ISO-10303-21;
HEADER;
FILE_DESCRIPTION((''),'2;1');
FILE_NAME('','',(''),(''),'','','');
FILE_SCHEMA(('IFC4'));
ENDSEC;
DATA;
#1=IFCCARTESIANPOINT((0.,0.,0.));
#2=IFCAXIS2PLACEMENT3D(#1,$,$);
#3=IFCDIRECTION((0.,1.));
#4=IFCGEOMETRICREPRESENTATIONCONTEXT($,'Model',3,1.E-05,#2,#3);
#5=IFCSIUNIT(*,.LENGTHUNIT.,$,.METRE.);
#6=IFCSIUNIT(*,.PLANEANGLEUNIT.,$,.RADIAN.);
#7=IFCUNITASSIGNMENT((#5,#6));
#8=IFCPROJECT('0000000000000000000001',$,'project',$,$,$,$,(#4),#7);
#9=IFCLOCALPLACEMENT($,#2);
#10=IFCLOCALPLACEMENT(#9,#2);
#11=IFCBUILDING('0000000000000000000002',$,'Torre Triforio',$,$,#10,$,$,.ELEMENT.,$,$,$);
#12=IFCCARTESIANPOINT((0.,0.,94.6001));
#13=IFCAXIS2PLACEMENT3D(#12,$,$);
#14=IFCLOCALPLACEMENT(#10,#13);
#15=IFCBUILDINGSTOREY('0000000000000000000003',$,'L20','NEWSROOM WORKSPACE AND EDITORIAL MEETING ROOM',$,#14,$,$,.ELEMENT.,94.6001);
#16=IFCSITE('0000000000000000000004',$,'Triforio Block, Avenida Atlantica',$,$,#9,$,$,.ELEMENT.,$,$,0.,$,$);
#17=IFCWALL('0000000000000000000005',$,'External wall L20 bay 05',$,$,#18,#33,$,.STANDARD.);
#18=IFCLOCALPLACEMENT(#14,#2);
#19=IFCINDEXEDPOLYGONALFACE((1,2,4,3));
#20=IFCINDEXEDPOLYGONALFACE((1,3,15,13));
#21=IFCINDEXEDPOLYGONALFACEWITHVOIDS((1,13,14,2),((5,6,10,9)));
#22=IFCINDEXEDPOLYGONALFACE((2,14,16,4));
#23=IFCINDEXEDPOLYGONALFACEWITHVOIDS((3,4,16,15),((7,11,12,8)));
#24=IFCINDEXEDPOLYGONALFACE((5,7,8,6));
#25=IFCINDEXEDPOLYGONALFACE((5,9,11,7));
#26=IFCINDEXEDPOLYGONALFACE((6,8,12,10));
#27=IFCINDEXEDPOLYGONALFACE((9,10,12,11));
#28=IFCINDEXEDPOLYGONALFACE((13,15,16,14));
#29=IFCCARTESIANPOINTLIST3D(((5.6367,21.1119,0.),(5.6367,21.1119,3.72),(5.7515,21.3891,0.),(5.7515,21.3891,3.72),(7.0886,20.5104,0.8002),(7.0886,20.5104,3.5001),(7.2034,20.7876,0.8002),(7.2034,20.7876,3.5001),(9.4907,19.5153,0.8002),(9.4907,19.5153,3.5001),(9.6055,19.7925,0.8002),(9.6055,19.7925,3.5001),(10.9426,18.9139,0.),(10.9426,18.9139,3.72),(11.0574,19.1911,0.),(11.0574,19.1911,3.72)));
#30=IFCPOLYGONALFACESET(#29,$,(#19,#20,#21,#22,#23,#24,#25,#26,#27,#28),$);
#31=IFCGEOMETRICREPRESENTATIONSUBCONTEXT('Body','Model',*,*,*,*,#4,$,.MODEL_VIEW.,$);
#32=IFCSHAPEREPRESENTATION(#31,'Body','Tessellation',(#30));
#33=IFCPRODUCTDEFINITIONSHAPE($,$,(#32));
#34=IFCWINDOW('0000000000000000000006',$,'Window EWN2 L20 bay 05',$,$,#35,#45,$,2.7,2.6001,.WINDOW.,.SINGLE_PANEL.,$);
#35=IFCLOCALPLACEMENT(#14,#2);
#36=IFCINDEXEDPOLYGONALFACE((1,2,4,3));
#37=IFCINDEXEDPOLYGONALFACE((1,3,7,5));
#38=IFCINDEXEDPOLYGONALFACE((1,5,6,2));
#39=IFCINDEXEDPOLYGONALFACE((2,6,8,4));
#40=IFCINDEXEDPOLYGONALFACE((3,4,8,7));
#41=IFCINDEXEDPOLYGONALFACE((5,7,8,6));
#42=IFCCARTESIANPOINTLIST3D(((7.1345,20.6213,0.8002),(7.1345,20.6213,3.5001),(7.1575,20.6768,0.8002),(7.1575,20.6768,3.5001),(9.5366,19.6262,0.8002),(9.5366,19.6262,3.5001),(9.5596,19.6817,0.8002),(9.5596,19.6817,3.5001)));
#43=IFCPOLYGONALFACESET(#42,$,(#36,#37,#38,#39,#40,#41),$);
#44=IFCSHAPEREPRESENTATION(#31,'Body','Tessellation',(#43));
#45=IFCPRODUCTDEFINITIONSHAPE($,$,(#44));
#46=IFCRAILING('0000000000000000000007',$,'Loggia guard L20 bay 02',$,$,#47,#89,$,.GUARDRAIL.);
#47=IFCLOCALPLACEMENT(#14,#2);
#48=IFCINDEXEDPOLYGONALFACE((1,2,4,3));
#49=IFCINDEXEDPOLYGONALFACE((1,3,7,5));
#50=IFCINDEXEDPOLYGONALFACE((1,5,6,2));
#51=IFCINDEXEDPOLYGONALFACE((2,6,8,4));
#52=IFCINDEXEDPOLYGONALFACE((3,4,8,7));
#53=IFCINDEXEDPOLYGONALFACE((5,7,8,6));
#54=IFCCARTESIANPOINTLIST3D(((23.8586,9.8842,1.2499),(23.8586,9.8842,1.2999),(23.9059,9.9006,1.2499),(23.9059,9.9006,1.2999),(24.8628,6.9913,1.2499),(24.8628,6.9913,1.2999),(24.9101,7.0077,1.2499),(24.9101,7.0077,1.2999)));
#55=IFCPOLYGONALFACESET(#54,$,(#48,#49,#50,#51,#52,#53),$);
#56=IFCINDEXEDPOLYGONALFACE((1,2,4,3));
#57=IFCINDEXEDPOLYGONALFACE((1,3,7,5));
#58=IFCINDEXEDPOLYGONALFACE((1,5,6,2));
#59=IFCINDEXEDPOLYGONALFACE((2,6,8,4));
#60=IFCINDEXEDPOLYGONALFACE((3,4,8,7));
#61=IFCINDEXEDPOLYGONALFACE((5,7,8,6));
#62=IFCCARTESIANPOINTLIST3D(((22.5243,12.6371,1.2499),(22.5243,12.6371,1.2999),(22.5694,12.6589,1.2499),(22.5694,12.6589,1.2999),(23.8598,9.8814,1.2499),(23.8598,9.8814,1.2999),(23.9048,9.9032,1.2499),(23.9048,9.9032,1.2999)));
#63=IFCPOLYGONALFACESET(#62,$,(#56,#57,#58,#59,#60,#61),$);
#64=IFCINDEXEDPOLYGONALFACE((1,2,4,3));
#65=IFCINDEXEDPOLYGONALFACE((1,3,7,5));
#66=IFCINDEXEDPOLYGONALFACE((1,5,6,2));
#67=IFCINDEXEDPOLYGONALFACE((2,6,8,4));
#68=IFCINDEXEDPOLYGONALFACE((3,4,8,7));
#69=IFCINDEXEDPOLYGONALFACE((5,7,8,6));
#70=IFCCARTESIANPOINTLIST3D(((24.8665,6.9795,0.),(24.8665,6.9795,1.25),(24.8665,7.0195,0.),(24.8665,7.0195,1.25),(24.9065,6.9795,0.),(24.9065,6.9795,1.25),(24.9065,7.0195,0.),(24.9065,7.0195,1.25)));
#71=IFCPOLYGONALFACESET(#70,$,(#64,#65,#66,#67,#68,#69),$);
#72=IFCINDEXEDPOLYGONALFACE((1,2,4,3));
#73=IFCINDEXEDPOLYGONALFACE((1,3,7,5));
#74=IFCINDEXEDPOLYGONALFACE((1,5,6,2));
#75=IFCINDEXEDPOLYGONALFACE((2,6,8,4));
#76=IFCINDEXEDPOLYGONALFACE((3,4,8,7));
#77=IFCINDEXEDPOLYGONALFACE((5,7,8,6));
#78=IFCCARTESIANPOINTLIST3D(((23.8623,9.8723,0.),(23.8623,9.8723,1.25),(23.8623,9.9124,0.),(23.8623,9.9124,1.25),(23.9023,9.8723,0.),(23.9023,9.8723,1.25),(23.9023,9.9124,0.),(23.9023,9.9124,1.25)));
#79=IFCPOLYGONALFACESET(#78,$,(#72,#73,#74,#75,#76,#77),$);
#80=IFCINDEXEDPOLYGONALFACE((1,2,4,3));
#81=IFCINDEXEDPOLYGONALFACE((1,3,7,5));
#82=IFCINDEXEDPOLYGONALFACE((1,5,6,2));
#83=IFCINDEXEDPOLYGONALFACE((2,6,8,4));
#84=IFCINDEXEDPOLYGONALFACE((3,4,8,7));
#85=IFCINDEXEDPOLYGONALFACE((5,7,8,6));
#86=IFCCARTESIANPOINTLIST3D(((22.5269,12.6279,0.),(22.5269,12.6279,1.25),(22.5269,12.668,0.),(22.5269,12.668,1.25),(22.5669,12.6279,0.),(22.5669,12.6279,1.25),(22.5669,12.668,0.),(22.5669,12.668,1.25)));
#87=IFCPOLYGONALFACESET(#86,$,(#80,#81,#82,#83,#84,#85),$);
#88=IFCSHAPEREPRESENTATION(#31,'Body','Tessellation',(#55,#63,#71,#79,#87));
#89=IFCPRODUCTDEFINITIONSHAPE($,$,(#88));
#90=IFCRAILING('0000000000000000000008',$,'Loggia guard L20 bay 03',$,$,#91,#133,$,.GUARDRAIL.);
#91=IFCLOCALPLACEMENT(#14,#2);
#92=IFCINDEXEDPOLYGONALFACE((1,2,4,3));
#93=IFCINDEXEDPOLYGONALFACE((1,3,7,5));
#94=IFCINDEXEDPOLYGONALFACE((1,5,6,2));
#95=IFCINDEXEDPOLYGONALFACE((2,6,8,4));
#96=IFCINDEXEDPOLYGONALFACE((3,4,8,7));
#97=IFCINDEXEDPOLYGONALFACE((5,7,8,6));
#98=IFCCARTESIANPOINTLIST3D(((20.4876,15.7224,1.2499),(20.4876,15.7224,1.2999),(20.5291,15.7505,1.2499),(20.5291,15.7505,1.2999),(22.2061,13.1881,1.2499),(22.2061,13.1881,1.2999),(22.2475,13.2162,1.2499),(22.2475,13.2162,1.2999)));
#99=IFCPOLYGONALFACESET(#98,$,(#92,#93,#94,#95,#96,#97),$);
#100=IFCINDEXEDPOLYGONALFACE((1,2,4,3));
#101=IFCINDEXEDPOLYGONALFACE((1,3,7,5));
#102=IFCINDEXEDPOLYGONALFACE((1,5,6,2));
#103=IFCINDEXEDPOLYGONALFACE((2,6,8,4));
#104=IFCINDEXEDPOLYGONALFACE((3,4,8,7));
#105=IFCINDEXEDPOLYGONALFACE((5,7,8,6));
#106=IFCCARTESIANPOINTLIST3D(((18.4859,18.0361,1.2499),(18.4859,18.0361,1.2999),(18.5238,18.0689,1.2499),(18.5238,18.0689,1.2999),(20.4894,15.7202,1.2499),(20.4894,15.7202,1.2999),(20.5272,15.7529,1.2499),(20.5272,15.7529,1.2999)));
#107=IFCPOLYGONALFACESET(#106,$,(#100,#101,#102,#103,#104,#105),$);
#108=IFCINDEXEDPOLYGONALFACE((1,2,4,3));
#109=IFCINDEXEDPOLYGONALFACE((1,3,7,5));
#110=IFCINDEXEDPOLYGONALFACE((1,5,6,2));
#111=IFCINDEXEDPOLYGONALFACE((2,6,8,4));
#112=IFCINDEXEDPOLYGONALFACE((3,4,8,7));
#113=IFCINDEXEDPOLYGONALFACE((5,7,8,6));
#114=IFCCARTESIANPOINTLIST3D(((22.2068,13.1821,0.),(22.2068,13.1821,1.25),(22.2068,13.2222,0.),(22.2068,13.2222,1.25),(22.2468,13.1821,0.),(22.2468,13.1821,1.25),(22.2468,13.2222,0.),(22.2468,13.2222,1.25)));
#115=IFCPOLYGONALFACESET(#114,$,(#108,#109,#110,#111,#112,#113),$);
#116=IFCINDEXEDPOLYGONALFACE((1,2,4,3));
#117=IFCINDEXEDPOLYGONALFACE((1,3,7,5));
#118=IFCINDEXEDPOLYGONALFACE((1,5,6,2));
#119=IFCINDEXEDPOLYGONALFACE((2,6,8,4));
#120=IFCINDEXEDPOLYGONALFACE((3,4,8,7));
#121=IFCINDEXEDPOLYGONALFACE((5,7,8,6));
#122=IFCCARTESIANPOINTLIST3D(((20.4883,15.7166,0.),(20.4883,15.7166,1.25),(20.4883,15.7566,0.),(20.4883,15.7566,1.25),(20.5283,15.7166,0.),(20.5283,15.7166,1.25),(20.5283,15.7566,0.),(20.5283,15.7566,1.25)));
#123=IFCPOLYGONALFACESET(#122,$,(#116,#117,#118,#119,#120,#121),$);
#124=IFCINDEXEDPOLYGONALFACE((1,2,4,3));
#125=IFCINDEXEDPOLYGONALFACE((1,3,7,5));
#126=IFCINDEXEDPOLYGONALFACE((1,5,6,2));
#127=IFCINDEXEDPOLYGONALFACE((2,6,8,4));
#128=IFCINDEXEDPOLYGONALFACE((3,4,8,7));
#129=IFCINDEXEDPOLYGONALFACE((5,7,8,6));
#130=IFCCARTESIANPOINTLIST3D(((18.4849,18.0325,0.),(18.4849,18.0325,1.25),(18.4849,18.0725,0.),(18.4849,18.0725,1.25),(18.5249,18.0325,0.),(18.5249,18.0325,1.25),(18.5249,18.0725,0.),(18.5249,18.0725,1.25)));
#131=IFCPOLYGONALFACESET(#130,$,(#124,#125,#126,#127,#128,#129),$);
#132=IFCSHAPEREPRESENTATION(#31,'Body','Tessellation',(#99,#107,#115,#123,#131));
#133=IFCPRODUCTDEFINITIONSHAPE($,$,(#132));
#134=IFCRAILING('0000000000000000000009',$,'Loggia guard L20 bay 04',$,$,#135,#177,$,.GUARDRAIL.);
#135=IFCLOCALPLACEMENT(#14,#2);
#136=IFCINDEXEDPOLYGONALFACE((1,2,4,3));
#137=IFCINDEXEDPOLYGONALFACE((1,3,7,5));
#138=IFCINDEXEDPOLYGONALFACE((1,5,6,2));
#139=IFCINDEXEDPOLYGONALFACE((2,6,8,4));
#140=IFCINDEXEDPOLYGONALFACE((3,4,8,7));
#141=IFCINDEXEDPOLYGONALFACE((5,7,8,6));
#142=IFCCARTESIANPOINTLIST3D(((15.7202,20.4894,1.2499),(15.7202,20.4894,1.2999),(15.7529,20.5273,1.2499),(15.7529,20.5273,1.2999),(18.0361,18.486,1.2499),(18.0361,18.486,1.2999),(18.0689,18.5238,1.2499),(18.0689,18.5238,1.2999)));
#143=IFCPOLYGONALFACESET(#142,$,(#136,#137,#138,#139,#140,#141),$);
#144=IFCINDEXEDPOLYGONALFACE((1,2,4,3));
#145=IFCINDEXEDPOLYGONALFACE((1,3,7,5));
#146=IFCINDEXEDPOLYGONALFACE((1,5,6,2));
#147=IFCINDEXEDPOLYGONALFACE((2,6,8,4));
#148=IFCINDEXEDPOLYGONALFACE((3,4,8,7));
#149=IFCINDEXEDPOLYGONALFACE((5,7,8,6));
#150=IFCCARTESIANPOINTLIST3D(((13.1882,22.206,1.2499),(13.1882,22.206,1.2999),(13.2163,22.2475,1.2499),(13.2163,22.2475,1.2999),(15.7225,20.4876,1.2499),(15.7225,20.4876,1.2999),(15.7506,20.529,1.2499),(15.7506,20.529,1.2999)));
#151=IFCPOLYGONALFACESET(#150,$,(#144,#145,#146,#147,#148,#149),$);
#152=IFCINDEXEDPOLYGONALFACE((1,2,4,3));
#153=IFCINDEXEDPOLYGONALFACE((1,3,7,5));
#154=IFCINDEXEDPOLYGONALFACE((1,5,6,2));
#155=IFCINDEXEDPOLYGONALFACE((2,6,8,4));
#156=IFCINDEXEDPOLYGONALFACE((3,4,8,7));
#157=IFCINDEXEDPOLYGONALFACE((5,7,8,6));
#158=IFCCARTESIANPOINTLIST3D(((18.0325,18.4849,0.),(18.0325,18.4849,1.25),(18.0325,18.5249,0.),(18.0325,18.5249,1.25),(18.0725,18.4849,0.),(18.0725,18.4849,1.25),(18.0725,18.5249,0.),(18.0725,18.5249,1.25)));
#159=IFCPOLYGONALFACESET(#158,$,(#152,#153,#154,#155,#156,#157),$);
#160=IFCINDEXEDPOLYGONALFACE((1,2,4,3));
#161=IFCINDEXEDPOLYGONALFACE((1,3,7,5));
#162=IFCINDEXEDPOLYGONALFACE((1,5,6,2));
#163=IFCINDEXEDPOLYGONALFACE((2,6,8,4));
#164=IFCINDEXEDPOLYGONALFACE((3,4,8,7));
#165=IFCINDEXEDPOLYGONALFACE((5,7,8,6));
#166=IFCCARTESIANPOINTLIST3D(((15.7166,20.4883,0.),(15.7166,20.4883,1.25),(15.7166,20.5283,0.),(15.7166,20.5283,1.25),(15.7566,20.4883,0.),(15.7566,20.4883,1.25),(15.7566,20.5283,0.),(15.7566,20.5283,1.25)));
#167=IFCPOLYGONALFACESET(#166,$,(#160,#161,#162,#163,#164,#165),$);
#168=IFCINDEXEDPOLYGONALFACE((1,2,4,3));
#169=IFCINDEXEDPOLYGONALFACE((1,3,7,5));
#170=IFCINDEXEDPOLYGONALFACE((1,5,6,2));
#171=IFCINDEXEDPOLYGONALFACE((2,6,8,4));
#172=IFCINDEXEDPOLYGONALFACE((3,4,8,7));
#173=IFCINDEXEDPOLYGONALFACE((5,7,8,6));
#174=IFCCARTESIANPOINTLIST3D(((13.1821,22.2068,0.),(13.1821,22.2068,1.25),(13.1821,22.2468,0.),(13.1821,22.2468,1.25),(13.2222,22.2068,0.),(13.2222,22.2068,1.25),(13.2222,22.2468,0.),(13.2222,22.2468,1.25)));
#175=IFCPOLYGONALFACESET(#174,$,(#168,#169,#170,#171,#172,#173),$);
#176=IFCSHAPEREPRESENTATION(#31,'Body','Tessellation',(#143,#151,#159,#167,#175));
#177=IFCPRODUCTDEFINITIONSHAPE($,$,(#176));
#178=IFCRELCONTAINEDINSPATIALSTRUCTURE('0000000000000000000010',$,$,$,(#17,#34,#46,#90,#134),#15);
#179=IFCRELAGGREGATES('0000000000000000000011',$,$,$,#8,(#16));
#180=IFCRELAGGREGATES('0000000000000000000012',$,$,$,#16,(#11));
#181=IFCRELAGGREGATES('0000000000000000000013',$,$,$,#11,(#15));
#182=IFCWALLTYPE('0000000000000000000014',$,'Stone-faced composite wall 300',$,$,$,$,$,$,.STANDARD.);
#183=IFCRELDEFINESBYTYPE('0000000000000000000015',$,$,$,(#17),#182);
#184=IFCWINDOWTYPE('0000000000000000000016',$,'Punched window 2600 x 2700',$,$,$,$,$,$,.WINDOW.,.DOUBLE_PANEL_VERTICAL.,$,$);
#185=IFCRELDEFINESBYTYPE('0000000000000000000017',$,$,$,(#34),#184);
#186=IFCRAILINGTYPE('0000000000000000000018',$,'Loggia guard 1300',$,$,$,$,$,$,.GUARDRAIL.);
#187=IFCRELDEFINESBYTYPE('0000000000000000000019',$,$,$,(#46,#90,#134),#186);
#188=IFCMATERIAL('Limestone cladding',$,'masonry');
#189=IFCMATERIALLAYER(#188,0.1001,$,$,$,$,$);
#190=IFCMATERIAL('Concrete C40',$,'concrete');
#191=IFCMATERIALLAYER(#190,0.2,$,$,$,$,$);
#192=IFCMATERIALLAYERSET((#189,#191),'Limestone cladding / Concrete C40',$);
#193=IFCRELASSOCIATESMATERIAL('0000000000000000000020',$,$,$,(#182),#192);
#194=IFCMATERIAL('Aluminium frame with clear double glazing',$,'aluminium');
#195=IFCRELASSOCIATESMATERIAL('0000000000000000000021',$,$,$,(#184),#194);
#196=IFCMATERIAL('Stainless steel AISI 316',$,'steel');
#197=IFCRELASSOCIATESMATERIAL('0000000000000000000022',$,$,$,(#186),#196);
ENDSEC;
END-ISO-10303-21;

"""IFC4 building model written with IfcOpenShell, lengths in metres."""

from ifc_helpers import new_model, si_unit, direction, frame, frame_2d, origin, origin_2d, place, context, subcontext, project, spatial, rectangle, extrude, material, layer, layer_set, type_object, element, fill, save


model = new_model("IFC4")

# Units and contexts
model_context = context("Model", 3, precision=1e-05, world=origin(), true_north=direction((0.0, 1.0)))
body_context = subcontext(model_context, "Body", "Model", "MODEL_VIEW")
ifc_project = project(units=[si_unit("LENGTHUNIT", "METRE"), si_unit("PLANEANGLEUNIT", "RADIAN")], contexts=[model_context])

# Site, building, storey
site_placement = place(None, origin())
site = spatial("IfcSite", under=ifc_project, at=site_placement, Name="Triforio Block, Avenida Atlantica", CompositionType="ELEMENT", RefElevation=0.0)
building_placement = place(site_placement, origin())
building = spatial("IfcBuilding", under=site, at=building_placement, Name="Torre Triforio", CompositionType="ELEMENT")
storey_placement = place(building_placement, frame((0.0, 0.0, 94.6001)))
storey = spatial("IfcBuildingStorey", under=building, at=storey_placement, Name="L20", Description="NEWSROOM WORKSPACE AND EDITORIAL MEETING ROOM", CompositionType="ELEMENT", Elevation=94.6001)

# Shared definitions
ifc_material_1 = material(Name="Limestone cladding", Category="masonry")
ifc_material_2 = material(Name="Concrete C40", Category="concrete")

# Shared definitions
ifc_layer_1 = layer(ifc_material_1, 0.1001)
ifc_layer_2 = layer(ifc_material_2, 0.2)
ifc_layer_set_1 = layer_set([ifc_layer_1, ifc_layer_2], Name="Limestone cladding / Concrete C40")
wall_type_1 = type_object("IfcWallType", Name="Stone-faced composite wall 300", PredefinedType="STANDARD", material=ifc_layer_set_1)
ifc_material_3 = material(Name="Aluminium frame with clear double glazing", Category="aluminium")
window_type_1 = type_object("IfcWindowType", Name="Punched window 2600 x 2700", PartitioningType="DOUBLE_PANEL_VERTICAL", PredefinedType="WINDOW", material=ifc_material_3)

# Wall, opening, window
wall_1_placement = place(storey_placement, frame((11.0, 19.0525, 0.0), z_axis=(0.0, 0.0, 1.0), x_axis=(-0.923866, 0.382716, 0.0)))
wall_1 = element("IfcWall", 1, at=wall_1_placement, inside=storey, type_object=wall_type_1, Name="External wall L20 bay 05", PredefinedType="STANDARD", context=body_context, shape_type="SweptSolid", body=[
    extrude(rectangle(XDim=5.7432, YDim=0.3, at=frame_2d((2.8716, 0.0))), origin(), (0.0, 0.0, 1.0), 3.72),
])
opening_1_placement = place(wall_1_placement, frame((1.5715, 0.0, 0.8)))
opening_1 = element("IfcOpeningElement", 2, at=opening_1_placement, cuts=wall_1, PredefinedType="OPENING", context=body_context, shape_type="SweptSolid", body=[
    extrude(rectangle(XDim=2.6001, YDim=2.7, at=frame_2d((1.3, 1.3501))), frame((0.0, 0.1599, 0.0), z_axis=(0.0, -1.0, 0.0), x_axis=(1.0, 0.0, 0.0)), (0.0, 0.0, 1.0), 0.3201),
])
window_1_placement = place(opening_1_placement, origin())
window_1 = element("IfcWindow", 3, at=window_1_placement, inside=storey, type_object=window_type_1, Name="Window EWN2 L20 bay 05", OverallHeight=2.7, OverallWidth=2.6001, PartitioningType="SINGLE_PANEL", PredefinedType="WINDOW", context=body_context, shape_type="SweptSolid", body=[
    extrude(rectangle(XDim=2.6001, YDim=2.7, at=frame_2d((1.3, 1.3501))), frame((0.0, 0.03, 0.0), z_axis=(0.0, -1.0, 0.0), x_axis=(1.0, 0.0, 0.0)), (0.0, 0.0, 1.0), 0.0601),
])
fill(opening_1, window_1)

# Railings
ifc_material_4 = material(Name="Stainless steel AISI 316", Category="steel")
railing_type = type_object("IfcRailingType", Name="Loggia guard 1300", PredefinedType="GUARDRAIL", material=ifc_material_4)
railing_1_placement = place(storey_placement, frame((24.8865, 6.9995, 0.0)))
element("IfcRailing", 4, at=railing_1_placement, inside=storey, type_object=railing_type, Name="Loggia guard L20 bay 02", PredefinedType="GUARDRAIL", context=body_context, shape_type="SweptSolid", body=[
    extrude(rectangle(XDim=0.05, YDim=0.05, at=origin_2d()), frame((0.0, 0.0, 1.2749), z_axis=(-0.327924, 0.944704, 0.0), x_axis=(-0.944704, -0.327924, 0.0)), (0.0, 0.0, 1.0), 3.0623),
    extrude(rectangle(XDim=0.05, YDim=0.05, at=origin_2d()), frame((-1.0042, 2.8928, 1.2749), z_axis=(-0.436113, 0.899892, 0.0), x_axis=(-0.899892, -0.436113, 0.0)), (0.0, 0.0, 1.0), 3.0623),
    extrude(rectangle(XDim=0.04, YDim=0.04, at=origin_2d()), origin(), (0.0, 0.0, 1.0), 1.25),
    extrude(rectangle(XDim=0.04, YDim=0.04, at=origin_2d()), frame((-1.0042, 2.8928, 0.0)), (0.0, 0.0, 1.0), 1.25),
    extrude(rectangle(XDim=0.04, YDim=0.04, at=origin_2d()), frame((-2.3396, 5.6484, 0.0)), (0.0, 0.0, 1.0), 1.25),
])
railing_2_placement = place(storey_placement, frame((22.2268, 13.2021, 0.0)))
element("IfcRailing", 5, at=railing_2_placement, inside=storey, type_object=railing_type, Name="Loggia guard L20 bay 03", PredefinedType="GUARDRAIL", context=body_context, shape_type="SweptSolid", body=[
    extrude(rectangle(XDim=0.05, YDim=0.05, at=origin_2d()), frame((0.0, 0.0, 1.2749), z_axis=(-0.561215, 0.82767, 0.0), x_axis=(-0.82767, -0.561215, 0.0)), (0.0, 0.0, 1.0), 3.062),
    extrude(rectangle(XDim=0.05, YDim=0.05, at=origin_2d()), frame((-1.7185, 2.5344, 1.2749), z_axis=(-0.654238, 0.756289, 0.0), x_axis=(-0.756289, -0.654238, 0.0)), (0.0, 0.0, 1.0), 3.0623),
    extrude(rectangle(XDim=0.04, YDim=0.04, at=origin_2d()), origin(), (0.0, 0.0, 1.0), 1.25),
    extrude(rectangle(XDim=0.04, YDim=0.04, at=origin_2d()), frame((-1.7185, 2.5344, 0.0)), (0.0, 0.0, 1.0), 1.25),
    extrude(rectangle(XDim=0.04, YDim=0.04, at=origin_2d()), frame((-3.7219, 4.8503, 0.0)), (0.0, 0.0, 1.0), 1.25),
])
railing_3_placement = place(storey_placement, frame((18.0525, 18.5049, 0.0)))
element("IfcRailing", 6, at=railing_3_placement, inside=storey, type_object=railing_type, Name="Loggia guard L20 bay 04", PredefinedType="GUARDRAIL", context=body_context, shape_type="SweptSolid", body=[
    extrude(rectangle(XDim=0.05, YDim=0.05, at=origin_2d()), frame((0.0, 0.0, 1.2749), z_axis=(-0.756289, 0.654238, 0.0), x_axis=(-0.654238, -0.756289, 0.0)), (0.0, 0.0, 1.0), 3.0623),
    extrude(rectangle(XDim=0.05, YDim=0.05, at=origin_2d()), frame((-2.3159, 2.0034, 1.2749), z_axis=(-0.82767, 0.561215, 0.0), x_axis=(-0.561215, -0.82767, 0.0)), (0.0, 0.0, 1.0), 3.062),
    extrude(rectangle(XDim=0.04, YDim=0.04, at=origin_2d()), origin(), (0.0, 0.0, 1.0), 1.25),
    extrude(rectangle(XDim=0.04, YDim=0.04, at=origin_2d()), frame((-2.3159, 2.0034, 0.0)), (0.0, 0.0, 1.0), 1.25),
    extrude(rectangle(XDim=0.04, YDim=0.04, at=origin_2d()), frame((-4.8503, 3.7219, 0.0)), (0.0, 0.0, 1.0), 1.25),
])

save(model, "model.ifc")
